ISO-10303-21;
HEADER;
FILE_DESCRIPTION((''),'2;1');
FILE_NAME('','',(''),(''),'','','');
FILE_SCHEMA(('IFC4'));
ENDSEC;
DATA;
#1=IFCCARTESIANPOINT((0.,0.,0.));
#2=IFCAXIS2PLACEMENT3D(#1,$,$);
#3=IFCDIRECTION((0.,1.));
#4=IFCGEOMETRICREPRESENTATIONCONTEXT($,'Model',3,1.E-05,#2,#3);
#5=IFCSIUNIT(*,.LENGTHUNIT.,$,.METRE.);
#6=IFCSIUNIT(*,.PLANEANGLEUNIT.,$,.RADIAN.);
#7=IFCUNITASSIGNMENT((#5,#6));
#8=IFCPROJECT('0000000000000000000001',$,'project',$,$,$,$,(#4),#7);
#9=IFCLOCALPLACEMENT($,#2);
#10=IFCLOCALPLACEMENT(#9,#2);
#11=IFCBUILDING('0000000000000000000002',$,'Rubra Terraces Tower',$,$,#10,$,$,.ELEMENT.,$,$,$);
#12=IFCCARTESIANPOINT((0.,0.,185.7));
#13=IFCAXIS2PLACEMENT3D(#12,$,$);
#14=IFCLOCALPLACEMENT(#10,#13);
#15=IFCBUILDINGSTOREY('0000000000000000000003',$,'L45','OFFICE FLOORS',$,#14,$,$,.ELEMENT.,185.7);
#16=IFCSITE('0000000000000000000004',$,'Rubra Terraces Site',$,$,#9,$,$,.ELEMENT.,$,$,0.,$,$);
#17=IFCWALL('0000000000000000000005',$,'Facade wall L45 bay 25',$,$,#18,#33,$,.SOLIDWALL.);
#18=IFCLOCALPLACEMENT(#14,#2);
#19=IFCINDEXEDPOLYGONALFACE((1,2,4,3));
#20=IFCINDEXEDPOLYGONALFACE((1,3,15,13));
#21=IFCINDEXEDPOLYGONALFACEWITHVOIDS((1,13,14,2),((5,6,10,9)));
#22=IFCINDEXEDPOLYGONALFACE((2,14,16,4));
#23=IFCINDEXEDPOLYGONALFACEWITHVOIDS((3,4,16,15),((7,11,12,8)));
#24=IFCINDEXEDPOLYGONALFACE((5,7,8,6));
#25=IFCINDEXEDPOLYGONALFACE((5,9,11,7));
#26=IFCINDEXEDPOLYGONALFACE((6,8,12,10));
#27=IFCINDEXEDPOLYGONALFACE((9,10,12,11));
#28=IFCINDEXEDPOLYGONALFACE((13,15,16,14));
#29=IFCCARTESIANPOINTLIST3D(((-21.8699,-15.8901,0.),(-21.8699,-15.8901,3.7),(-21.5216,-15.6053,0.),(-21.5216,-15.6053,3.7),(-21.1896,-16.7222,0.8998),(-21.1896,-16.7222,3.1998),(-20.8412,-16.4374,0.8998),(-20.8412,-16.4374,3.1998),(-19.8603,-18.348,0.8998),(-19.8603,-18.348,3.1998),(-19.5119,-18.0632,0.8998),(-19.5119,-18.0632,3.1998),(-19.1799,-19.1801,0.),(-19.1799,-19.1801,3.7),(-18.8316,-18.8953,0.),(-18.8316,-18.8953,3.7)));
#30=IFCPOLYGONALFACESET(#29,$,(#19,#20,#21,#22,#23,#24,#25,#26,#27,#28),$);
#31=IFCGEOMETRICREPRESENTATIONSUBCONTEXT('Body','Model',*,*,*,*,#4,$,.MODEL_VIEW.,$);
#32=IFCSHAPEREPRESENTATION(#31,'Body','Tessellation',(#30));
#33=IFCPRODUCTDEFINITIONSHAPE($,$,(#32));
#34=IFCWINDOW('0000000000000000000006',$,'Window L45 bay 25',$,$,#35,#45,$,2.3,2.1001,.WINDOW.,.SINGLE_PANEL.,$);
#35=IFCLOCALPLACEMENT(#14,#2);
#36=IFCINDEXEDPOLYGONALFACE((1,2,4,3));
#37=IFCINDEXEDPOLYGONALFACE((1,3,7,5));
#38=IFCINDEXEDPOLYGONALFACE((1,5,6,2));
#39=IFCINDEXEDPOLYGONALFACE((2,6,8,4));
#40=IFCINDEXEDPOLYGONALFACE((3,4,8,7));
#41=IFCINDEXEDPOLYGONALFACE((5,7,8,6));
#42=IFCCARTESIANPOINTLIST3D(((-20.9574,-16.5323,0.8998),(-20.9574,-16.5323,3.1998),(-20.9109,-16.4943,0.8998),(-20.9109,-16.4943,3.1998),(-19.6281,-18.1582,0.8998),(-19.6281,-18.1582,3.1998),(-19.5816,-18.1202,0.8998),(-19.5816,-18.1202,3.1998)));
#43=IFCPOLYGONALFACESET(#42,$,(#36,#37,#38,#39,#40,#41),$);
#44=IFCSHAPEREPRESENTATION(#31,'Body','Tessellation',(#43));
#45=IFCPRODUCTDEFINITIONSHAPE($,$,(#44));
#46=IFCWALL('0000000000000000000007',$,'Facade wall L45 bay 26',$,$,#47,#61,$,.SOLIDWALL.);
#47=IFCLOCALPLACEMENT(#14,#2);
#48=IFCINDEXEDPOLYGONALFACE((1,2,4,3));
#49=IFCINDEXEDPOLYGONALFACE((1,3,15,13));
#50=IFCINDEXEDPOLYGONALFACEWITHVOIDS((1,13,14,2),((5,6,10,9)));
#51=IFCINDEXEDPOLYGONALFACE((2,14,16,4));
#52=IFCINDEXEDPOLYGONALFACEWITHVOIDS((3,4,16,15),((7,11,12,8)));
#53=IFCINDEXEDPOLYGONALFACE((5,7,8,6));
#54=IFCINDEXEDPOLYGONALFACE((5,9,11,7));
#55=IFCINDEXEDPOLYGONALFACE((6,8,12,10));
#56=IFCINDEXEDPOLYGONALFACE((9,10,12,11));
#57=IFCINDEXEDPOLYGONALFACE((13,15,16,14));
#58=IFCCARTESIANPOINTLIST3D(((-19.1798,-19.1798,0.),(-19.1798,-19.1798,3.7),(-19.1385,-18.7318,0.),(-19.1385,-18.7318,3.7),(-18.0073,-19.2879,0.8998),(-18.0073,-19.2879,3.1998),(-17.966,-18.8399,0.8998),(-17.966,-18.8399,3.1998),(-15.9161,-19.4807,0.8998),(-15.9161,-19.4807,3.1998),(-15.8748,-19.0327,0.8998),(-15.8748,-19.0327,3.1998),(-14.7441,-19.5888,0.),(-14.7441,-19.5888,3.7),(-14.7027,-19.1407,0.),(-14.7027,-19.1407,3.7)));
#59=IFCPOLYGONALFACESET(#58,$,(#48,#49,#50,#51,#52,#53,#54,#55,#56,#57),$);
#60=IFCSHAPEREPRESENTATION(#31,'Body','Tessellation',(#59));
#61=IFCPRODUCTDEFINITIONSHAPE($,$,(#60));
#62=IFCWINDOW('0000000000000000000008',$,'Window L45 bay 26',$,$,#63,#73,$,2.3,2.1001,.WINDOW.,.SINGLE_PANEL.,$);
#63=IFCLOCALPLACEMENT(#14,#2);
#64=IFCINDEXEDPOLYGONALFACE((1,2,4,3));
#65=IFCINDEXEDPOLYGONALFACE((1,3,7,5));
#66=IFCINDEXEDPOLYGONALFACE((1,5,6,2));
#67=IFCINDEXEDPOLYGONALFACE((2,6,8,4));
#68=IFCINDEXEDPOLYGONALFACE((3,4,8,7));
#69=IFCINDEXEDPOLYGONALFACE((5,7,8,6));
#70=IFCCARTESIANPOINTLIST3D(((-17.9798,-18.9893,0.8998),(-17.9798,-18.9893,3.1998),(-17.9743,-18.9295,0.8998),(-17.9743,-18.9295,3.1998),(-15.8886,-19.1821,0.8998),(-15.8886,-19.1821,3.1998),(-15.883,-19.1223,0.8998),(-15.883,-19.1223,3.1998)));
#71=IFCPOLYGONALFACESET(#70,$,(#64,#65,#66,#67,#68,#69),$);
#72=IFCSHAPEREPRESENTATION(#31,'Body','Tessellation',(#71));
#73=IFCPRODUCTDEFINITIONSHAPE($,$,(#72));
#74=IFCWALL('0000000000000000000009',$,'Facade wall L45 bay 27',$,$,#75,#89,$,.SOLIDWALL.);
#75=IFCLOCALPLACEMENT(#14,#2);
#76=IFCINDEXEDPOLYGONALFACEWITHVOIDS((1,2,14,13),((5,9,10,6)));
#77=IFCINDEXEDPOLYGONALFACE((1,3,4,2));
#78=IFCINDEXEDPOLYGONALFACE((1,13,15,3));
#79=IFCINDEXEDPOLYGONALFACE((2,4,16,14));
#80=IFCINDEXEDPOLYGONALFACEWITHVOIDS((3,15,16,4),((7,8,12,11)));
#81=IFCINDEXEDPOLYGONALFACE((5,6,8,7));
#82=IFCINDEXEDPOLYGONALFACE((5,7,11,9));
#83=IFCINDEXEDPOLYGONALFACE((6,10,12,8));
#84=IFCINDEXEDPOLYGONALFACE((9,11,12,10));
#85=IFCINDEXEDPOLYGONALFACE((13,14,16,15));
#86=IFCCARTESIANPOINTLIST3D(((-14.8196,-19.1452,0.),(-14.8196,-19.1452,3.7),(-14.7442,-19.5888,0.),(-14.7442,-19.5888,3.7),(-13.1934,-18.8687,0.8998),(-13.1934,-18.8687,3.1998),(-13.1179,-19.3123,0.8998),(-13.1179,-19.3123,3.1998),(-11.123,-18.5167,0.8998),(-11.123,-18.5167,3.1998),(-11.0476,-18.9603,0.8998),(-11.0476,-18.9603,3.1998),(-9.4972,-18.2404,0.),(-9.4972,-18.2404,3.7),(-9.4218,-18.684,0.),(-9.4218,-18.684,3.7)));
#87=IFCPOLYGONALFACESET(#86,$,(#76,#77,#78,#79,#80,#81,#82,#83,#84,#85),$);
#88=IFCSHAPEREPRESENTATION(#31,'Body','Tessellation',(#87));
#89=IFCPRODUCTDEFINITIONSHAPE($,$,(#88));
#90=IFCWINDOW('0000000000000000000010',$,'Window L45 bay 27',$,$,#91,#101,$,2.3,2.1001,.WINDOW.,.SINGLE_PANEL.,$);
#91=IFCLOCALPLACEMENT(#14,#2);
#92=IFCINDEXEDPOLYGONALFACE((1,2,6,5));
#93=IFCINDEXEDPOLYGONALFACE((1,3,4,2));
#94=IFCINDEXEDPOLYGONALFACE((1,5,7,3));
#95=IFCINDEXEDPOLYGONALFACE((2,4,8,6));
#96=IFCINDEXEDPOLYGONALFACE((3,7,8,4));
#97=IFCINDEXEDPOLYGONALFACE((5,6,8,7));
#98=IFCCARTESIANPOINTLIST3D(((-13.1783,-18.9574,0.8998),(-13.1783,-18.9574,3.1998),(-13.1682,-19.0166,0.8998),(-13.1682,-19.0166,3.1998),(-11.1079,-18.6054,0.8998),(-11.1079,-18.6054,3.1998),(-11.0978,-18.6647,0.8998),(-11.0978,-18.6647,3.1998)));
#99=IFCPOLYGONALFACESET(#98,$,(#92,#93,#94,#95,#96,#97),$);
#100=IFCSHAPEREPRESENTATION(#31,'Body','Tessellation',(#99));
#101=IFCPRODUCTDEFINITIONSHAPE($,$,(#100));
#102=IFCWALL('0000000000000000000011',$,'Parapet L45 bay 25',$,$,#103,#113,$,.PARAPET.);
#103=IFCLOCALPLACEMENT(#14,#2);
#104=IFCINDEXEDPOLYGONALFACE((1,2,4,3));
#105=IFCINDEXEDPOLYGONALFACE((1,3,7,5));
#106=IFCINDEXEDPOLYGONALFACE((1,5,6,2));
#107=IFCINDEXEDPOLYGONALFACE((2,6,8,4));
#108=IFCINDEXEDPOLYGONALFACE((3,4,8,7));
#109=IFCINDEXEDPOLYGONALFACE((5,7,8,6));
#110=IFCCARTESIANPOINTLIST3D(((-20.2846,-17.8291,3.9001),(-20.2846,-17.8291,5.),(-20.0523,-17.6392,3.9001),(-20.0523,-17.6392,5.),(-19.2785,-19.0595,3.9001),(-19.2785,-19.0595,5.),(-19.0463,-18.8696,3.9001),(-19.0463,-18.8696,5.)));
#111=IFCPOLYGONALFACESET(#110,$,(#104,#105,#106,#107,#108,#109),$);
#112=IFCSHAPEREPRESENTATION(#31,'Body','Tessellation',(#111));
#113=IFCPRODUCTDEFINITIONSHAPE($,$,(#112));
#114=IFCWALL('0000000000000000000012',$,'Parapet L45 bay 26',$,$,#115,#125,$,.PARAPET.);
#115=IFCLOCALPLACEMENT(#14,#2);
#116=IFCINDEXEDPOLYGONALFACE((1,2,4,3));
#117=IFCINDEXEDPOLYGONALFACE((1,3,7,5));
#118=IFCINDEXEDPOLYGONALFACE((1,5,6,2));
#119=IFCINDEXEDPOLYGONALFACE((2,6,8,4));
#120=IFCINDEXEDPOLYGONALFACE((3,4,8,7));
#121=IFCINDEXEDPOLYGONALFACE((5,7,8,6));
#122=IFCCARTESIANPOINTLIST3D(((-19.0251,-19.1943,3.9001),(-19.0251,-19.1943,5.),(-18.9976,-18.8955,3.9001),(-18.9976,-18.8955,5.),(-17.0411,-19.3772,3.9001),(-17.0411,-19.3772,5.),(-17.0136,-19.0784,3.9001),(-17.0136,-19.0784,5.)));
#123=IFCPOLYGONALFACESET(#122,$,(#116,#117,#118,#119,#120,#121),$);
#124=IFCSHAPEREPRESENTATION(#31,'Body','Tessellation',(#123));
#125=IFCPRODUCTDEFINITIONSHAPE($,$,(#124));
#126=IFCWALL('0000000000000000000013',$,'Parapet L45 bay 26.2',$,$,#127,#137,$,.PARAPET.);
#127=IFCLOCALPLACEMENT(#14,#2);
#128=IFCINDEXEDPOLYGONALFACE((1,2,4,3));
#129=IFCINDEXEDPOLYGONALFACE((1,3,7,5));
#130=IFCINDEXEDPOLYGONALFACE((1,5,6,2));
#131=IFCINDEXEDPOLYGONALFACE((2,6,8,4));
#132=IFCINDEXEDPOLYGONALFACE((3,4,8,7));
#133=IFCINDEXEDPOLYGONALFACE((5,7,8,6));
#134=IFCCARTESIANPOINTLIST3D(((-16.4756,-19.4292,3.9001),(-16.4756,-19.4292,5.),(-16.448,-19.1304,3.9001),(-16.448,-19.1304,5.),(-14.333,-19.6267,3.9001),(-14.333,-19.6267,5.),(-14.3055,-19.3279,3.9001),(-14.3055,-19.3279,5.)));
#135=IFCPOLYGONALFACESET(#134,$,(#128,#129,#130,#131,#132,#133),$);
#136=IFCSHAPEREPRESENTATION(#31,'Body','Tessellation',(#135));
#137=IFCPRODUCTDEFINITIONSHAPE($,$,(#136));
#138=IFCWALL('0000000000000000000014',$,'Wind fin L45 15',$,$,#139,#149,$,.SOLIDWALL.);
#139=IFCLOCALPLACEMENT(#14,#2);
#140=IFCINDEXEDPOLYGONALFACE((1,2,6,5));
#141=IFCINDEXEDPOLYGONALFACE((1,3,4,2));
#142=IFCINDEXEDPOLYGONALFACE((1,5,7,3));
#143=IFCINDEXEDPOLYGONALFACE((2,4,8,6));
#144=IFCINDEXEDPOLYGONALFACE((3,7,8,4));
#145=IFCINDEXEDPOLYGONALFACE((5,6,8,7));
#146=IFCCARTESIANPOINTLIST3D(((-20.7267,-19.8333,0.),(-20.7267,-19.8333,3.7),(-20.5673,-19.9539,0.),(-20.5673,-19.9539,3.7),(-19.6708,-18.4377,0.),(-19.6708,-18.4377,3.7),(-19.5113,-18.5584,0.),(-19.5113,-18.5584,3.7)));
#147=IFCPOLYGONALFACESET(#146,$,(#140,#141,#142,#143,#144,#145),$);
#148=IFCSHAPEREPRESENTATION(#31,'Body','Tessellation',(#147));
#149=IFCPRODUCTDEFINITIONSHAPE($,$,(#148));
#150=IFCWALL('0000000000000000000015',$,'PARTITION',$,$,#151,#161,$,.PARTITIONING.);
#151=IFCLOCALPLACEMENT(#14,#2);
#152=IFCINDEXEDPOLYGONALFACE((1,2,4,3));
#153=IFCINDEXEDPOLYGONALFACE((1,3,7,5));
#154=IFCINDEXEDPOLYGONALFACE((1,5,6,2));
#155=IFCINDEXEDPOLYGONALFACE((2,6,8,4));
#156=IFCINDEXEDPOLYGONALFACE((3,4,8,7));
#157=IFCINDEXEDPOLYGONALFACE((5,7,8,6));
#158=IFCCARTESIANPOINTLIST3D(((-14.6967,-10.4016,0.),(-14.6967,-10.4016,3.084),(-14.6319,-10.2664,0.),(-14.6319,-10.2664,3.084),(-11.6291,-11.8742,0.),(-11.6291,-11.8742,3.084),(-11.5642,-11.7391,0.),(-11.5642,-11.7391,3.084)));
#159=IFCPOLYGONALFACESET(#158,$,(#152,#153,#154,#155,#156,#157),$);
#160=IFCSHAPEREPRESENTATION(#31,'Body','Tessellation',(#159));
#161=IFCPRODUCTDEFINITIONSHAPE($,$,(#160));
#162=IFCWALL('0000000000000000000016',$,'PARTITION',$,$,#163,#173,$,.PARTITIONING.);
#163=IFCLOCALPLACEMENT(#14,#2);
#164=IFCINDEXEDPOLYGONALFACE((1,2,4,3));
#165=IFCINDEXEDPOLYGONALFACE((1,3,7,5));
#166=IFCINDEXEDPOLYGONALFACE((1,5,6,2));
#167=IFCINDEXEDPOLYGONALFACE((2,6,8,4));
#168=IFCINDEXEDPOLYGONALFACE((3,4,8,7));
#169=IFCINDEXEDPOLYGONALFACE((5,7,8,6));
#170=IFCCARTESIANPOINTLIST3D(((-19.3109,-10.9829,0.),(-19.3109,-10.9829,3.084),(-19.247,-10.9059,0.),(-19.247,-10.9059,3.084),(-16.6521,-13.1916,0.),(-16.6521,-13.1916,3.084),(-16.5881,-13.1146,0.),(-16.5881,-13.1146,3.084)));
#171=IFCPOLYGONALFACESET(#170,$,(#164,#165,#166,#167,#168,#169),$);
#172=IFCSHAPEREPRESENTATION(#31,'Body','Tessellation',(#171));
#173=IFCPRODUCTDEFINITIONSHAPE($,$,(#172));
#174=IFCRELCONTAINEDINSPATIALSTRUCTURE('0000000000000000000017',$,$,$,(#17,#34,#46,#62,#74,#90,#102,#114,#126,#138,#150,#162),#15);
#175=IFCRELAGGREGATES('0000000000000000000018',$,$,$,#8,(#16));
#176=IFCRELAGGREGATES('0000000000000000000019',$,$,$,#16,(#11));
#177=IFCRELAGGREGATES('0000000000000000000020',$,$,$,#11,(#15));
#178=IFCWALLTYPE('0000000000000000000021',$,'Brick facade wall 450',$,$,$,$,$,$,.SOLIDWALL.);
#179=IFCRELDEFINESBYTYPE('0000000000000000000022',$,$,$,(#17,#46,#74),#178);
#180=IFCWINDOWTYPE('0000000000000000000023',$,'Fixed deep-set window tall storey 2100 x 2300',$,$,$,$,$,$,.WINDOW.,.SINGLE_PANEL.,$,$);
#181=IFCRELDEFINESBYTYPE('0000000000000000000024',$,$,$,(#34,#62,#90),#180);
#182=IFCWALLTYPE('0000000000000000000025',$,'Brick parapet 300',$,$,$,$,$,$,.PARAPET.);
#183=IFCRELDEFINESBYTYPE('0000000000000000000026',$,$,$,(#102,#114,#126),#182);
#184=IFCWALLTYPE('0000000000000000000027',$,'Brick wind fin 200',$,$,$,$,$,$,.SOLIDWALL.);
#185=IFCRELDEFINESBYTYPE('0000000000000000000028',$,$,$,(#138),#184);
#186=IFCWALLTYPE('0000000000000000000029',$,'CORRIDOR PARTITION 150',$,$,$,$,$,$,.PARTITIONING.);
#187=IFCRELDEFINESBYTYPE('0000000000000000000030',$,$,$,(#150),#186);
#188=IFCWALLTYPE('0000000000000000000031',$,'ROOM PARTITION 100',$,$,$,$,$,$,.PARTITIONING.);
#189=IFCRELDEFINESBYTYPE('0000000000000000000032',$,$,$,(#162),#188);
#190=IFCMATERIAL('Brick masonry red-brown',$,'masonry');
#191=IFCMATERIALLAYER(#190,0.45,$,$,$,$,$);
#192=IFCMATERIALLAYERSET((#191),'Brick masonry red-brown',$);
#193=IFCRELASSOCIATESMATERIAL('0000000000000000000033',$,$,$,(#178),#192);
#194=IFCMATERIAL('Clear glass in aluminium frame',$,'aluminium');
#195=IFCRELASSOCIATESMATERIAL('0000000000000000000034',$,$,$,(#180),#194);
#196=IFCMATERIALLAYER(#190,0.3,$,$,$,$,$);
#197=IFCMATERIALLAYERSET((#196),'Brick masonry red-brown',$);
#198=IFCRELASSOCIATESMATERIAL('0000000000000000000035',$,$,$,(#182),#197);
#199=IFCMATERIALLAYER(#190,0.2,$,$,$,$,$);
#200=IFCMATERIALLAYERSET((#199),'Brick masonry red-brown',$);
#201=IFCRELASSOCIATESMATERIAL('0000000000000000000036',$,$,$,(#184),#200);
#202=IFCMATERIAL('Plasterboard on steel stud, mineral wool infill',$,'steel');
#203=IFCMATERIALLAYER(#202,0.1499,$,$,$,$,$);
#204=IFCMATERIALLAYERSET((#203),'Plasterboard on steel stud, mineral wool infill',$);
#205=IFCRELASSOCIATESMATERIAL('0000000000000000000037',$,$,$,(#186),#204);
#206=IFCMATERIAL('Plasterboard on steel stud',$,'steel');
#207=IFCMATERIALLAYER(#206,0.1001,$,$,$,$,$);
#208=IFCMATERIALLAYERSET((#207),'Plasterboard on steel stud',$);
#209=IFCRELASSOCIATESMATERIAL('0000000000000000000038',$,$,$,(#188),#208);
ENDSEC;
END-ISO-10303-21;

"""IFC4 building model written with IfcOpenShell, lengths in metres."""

from ifc_helpers import new_model, si_unit, direction, frame, frame_2d, origin, place, context, subcontext, project, spatial, rectangle, extrude, material, layer, layer_set, type_object, element, fill, save


model = new_model("IFC4")

# Units and contexts
model_context = context("Model", 3, precision=1e-05, world=origin(), true_north=direction((0.0, 1.0)))
body_context = subcontext(model_context, "Body", "Model", "MODEL_VIEW")
ifc_project = project(units=[si_unit("LENGTHUNIT", "METRE"), si_unit("PLANEANGLEUNIT", "RADIAN")], contexts=[model_context])

# Site, building, storey
site_placement = place(None, origin())
site = spatial("IfcSite", under=ifc_project, at=site_placement, Name="Rubra Terraces Site", CompositionType="ELEMENT", RefElevation=0.0)
building_placement = place(site_placement, origin())
building = spatial("IfcBuilding", under=site, at=building_placement, Name="Rubra Terraces Tower", CompositionType="ELEMENT")
storey_placement = place(building_placement, frame((0.0, 0.0, 185.7)))
storey = spatial("IfcBuildingStorey", under=building, at=storey_placement, Name="L45", Description="OFFICE FLOORS", CompositionType="ELEMENT", Elevation=185.7)

# Walls, openings, windows
ifc_material_1 = material(Name="Brick masonry red-brown", Category="masonry")
ifc_layer_1 = layer(ifc_material_1, 0.45)
ifc_layer_set_1 = layer_set([ifc_layer_1], Name="Brick masonry red-brown")
wall_type_1 = type_object("IfcWallType", Name="Brick facade wall 450", PredefinedType="SOLIDWALL", material=ifc_layer_set_1)
ifc_material_2 = material(Name="Clear glass in aluminium frame", Category="aluminium")
window_type = type_object("IfcWindowType", Name="Fixed deep-set window tall storey 2100 x 2300", PartitioningType="SINGLE_PANEL", PredefinedType="WINDOW", material=ifc_material_2)
wall_1_placement = place(storey_placement, frame((-21.6958, -15.7476, 0.0), z_axis=(0.0, 0.0, 1.0), x_axis=(0.632969, -0.774177, 0.0)))
wall_1 = element("IfcWall", 1, at=wall_1_placement, inside=storey, type_object=wall_type_1, Name="Facade wall L45 bay 25", PredefinedType="SOLIDWALL", context=body_context, shape_type="SweptSolid", body=[
    extrude(rectangle(XDim=4.2498, YDim=0.45, at=frame_2d((2.125, 0.0))), origin(), (0.0, 0.0, 1.0), 3.7),
])
opening_1_placement = place(wall_1_placement, frame((1.075, 0.0, 0.8999)))
opening_1 = element("IfcOpeningElement", 2, at=opening_1_placement, cuts=wall_1, PredefinedType="OPENING", context=body_context, shape_type="SweptSolid", body=[
    extrude(rectangle(XDim=2.1001, YDim=2.3, at=frame_2d((1.05, 1.1499))), frame((0.0, 0.2349, 0.0), z_axis=(0.0, -1.0, 0.0), x_axis=(1.0, 0.0, 0.0)), (0.0, 0.0, 1.0), 0.47),
])
window_1_placement = place(opening_1_placement, origin())
window_1 = element("IfcWindow", 3, at=window_1_placement, inside=storey, type_object=window_type, Name="Window L45 bay 25", OverallHeight=2.3, OverallWidth=2.1001, PartitioningType="SINGLE_PANEL", PredefinedType="WINDOW", context=body_context, shape_type="SweptSolid", body=[
    extrude(rectangle(XDim=2.1001, YDim=2.3, at=frame_2d((1.05, 1.1499))), frame((0.0, 0.135, 0.0), z_axis=(0.0, -1.0, 0.0), x_axis=(1.0, 0.0, 0.0)), (0.0, 0.0, 1.0), 0.0601),
])
fill(opening_1, window_1)
wall_2_placement = place(storey_placement, frame((-19.1592, -18.9558, 0.0), z_axis=(0.0, 0.0, 1.0), x_axis=(0.995777, -0.091801, 0.0)))
wall_2 = element("IfcWall", 4, at=wall_2_placement, inside=storey, type_object=wall_type_1, Name="Facade wall L45 bay 26", PredefinedType="SOLIDWALL", context=body_context, shape_type="SweptSolid", body=[
    extrude(rectangle(XDim=4.4546, YDim=0.45, at=frame_2d((2.2273, 0.0))), origin(), (0.0, 0.0, 1.0), 3.7),
])
opening_2_placement = place(wall_2_placement, frame((1.1775, 0.0, 0.8999)))
opening_2 = element("IfcOpeningElement", 5, at=opening_2_placement, cuts=wall_2, PredefinedType="OPENING", context=body_context, shape_type="SweptSolid", body=[
    extrude(rectangle(XDim=2.1001, YDim=2.3, at=frame_2d((1.05, 1.1499))), frame((0.0, 0.2349, 0.0), z_axis=(0.0, -1.0, 0.0), x_axis=(1.0, 0.0, 0.0)), (0.0, 0.0, 1.0), 0.47),
])
window_2_placement = place(opening_2_placement, origin())
window_2 = element("IfcWindow", 6, at=window_2_placement, inside=storey, type_object=window_type, Name="Window L45 bay 26", OverallHeight=2.3, OverallWidth=2.1001, PartitioningType="SINGLE_PANEL", PredefinedType="WINDOW", context=body_context, shape_type="SweptSolid", body=[
    extrude(rectangle(XDim=2.1001, YDim=2.3, at=frame_2d((1.05, 1.1499))), frame((0.0, 0.135, 0.0), z_axis=(0.0, -1.0, 0.0), x_axis=(1.0, 0.0, 0.0)), (0.0, 0.0, 1.0), 0.0601),
])
fill(opening_2, window_2)
wall_3_placement = place(storey_placement, frame((-14.7817, -19.3669, 0.0), z_axis=(0.0, 0.0, 1.0), x_axis=(0.985856, 0.167595, 0.0)))
wall_3 = element("IfcWall", 7, at=wall_3_placement, inside=storey, type_object=wall_type_1, Name="Facade wall L45 bay 27", PredefinedType="SOLIDWALL", context=body_context, shape_type="SweptSolid", body=[
    extrude(rectangle(XDim=5.3987, YDim=0.45, at=frame_2d((2.6992, 0.0))), origin(), (0.0, 0.0, 1.0), 3.7),
])
opening_3_placement = place(wall_3_placement, frame((1.6494, 0.0, 0.8999)))
opening_3 = element("IfcOpeningElement", 8, at=opening_3_placement, cuts=wall_3, PredefinedType="OPENING", context=body_context, shape_type="SweptSolid", body=[
    extrude(rectangle(XDim=2.1001, YDim=2.3, at=frame_2d((1.05, 1.1499))), frame((0.0, 0.2349, 0.0), z_axis=(0.0, -1.0, 0.0), x_axis=(1.0, 0.0, 0.0)), (0.0, 0.0, 1.0), 0.47),
])
window_3_placement = place(opening_3_placement, origin())
window_3 = element("IfcWindow", 9, at=window_3_placement, inside=storey, type_object=window_type, Name="Window L45 bay 27", OverallHeight=2.3, OverallWidth=2.1001, PartitioningType="SINGLE_PANEL", PredefinedType="WINDOW", context=body_context, shape_type="SweptSolid", body=[
    extrude(rectangle(XDim=2.1001, YDim=2.3, at=frame_2d((1.05, 1.1499))), frame((0.0, 0.135, 0.0), z_axis=(0.0, -1.0, 0.0), x_axis=(1.0, 0.0, 0.0)), (0.0, 0.0, 1.0), 0.0601),
])
fill(opening_3, window_3)

# Walls
ifc_layer_2 = layer(ifc_material_1, 0.3)
ifc_layer_set_2 = layer_set([ifc_layer_2], Name="Brick masonry red-brown")
wall_type_2 = type_object("IfcWallType", Name="Brick parapet 300", PredefinedType="PARAPET", material=ifc_layer_set_2)
wall_4_placement = place(storey_placement, frame((-20.1685, -17.7341, 3.9001), z_axis=(0.0, 0.0, 1.0), x_axis=(0.632995, -0.774156, 0.0)))
element("IfcWall", 10, at=wall_4_placement, inside=storey, type_object=wall_type_2, Name="Parapet L45 bay 25", PredefinedType="PARAPET", context=body_context, shape_type="SweptSolid", body=[
    extrude(rectangle(XDim=1.5894, YDim=0.3, at=frame_2d((0.7947, 0.0))), origin(), (0.0, 0.0, 1.0), 1.0999),
])
wall_5_placement = place(storey_placement, frame((-19.0112, -19.0449, 3.9001), z_axis=(0.0, 0.0, 1.0), x_axis=(0.99578, -0.091773, 0.0)))
element("IfcWall", 11, at=wall_5_placement, inside=storey, type_object=wall_type_2, Name="Parapet L45 bay 26", PredefinedType="PARAPET", context=body_context, shape_type="SweptSolid", body=[
    extrude(rectangle(XDim=1.9924, YDim=0.3, at=frame_2d((0.9961, 0.0))), origin(), (0.0, 0.0, 1.0), 1.0999),
])
wall_6_placement = place(storey_placement, frame((-16.4617, -19.2798, 3.9001), z_axis=(0.0, 0.0, 1.0), x_axis=(0.995778, -0.091794, 0.0)))
element("IfcWall", 12, at=wall_6_placement, inside=storey, type_object=wall_type_2, Name="Parapet L45 bay 26.2", PredefinedType="PARAPET", context=body_context, shape_type="SweptSolid", body=[
    extrude(rectangle(XDim=2.1516, YDim=0.3, at=frame_2d((1.0757, 0.0))), origin(), (0.0, 0.0, 1.0), 1.0999),
])
ifc_layer_3 = layer(ifc_material_1, 0.2)
ifc_layer_set_3 = layer_set([ifc_layer_3], Name="Brick masonry red-brown")
wall_type_3 = type_object("IfcWallType", Name="Brick wind fin 200", PredefinedType="SOLIDWALL", material=ifc_layer_set_3)
wall_7_placement = place(storey_placement, frame((-19.5911, -18.498, 0.0), z_axis=(0.0, 0.0, 1.0), x_axis=(-0.603388, -0.797448, 0.0)))
element("IfcWall", 13, at=wall_7_placement, inside=storey, type_object=wall_type_3, Name="Wind fin L45 15", PredefinedType="SOLIDWALL", context=body_context, shape_type="SweptSolid", body=[
    extrude(rectangle(XDim=1.75, YDim=0.2, at=frame_2d((0.875, 0.0))), origin(), (0.0, 0.0, 1.0), 3.7),
])
ifc_material_3 = material(Name="Plasterboard on steel stud, mineral wool infill", Category="steel")
ifc_layer_4 = layer(ifc_material_3, 0.1499)
ifc_layer_set_4 = layer_set([ifc_layer_4], Name="Plasterboard on steel stud, mineral wool infill")
wall_type_4 = type_object("IfcWallType", Name="CORRIDOR PARTITION 150", PredefinedType="PARTITIONING", material=ifc_layer_set_4)
wall_8_placement = place(storey_placement, frame((-14.6643, -10.334, 0.0), z_axis=(0.0, 0.0, 1.0), x_axis=(0.901501, -0.432778, 0.0)))
element("IfcWall", 14, at=wall_8_placement, inside=storey, type_object=wall_type_4, Name="PARTITION", PredefinedType="PARTITIONING", context=body_context, shape_type="SweptSolid", body=[
    extrude(rectangle(XDim=3.4028, YDim=0.1499, at=frame_2d((1.7014, 0.0))), origin(), (0.0, 0.0, 1.0), 3.084),
])
ifc_material_4 = material(Name="Plasterboard on steel stud", Category="steel")
ifc_layer_5 = layer(ifc_material_4, 0.1001)
ifc_layer_set_5 = layer_set([ifc_layer_5], Name="Plasterboard on steel stud")
wall_type_5 = type_object("IfcWallType", Name="ROOM PARTITION 100", PredefinedType="PARTITIONING", material=ifc_layer_set_5)
wall_9_placement = place(storey_placement, frame((-16.6201, -13.1531, 0.0), z_axis=(0.0, 0.0, 1.0), x_axis=(-0.769222, 0.638982, 0.0)))
element("IfcWall", 15, at=wall_9_placement, inside=storey, type_object=wall_type_5, Name="PARTITION", PredefinedType="PARTITIONING", context=body_context, shape_type="SweptSolid", body=[
    extrude(rectangle(XDim=3.4565, YDim=0.1001, at=frame_2d((1.7283, 0.0))), origin(), (0.0, 0.0, 1.0), 3.084),
])

save(model, "model.ifc")
